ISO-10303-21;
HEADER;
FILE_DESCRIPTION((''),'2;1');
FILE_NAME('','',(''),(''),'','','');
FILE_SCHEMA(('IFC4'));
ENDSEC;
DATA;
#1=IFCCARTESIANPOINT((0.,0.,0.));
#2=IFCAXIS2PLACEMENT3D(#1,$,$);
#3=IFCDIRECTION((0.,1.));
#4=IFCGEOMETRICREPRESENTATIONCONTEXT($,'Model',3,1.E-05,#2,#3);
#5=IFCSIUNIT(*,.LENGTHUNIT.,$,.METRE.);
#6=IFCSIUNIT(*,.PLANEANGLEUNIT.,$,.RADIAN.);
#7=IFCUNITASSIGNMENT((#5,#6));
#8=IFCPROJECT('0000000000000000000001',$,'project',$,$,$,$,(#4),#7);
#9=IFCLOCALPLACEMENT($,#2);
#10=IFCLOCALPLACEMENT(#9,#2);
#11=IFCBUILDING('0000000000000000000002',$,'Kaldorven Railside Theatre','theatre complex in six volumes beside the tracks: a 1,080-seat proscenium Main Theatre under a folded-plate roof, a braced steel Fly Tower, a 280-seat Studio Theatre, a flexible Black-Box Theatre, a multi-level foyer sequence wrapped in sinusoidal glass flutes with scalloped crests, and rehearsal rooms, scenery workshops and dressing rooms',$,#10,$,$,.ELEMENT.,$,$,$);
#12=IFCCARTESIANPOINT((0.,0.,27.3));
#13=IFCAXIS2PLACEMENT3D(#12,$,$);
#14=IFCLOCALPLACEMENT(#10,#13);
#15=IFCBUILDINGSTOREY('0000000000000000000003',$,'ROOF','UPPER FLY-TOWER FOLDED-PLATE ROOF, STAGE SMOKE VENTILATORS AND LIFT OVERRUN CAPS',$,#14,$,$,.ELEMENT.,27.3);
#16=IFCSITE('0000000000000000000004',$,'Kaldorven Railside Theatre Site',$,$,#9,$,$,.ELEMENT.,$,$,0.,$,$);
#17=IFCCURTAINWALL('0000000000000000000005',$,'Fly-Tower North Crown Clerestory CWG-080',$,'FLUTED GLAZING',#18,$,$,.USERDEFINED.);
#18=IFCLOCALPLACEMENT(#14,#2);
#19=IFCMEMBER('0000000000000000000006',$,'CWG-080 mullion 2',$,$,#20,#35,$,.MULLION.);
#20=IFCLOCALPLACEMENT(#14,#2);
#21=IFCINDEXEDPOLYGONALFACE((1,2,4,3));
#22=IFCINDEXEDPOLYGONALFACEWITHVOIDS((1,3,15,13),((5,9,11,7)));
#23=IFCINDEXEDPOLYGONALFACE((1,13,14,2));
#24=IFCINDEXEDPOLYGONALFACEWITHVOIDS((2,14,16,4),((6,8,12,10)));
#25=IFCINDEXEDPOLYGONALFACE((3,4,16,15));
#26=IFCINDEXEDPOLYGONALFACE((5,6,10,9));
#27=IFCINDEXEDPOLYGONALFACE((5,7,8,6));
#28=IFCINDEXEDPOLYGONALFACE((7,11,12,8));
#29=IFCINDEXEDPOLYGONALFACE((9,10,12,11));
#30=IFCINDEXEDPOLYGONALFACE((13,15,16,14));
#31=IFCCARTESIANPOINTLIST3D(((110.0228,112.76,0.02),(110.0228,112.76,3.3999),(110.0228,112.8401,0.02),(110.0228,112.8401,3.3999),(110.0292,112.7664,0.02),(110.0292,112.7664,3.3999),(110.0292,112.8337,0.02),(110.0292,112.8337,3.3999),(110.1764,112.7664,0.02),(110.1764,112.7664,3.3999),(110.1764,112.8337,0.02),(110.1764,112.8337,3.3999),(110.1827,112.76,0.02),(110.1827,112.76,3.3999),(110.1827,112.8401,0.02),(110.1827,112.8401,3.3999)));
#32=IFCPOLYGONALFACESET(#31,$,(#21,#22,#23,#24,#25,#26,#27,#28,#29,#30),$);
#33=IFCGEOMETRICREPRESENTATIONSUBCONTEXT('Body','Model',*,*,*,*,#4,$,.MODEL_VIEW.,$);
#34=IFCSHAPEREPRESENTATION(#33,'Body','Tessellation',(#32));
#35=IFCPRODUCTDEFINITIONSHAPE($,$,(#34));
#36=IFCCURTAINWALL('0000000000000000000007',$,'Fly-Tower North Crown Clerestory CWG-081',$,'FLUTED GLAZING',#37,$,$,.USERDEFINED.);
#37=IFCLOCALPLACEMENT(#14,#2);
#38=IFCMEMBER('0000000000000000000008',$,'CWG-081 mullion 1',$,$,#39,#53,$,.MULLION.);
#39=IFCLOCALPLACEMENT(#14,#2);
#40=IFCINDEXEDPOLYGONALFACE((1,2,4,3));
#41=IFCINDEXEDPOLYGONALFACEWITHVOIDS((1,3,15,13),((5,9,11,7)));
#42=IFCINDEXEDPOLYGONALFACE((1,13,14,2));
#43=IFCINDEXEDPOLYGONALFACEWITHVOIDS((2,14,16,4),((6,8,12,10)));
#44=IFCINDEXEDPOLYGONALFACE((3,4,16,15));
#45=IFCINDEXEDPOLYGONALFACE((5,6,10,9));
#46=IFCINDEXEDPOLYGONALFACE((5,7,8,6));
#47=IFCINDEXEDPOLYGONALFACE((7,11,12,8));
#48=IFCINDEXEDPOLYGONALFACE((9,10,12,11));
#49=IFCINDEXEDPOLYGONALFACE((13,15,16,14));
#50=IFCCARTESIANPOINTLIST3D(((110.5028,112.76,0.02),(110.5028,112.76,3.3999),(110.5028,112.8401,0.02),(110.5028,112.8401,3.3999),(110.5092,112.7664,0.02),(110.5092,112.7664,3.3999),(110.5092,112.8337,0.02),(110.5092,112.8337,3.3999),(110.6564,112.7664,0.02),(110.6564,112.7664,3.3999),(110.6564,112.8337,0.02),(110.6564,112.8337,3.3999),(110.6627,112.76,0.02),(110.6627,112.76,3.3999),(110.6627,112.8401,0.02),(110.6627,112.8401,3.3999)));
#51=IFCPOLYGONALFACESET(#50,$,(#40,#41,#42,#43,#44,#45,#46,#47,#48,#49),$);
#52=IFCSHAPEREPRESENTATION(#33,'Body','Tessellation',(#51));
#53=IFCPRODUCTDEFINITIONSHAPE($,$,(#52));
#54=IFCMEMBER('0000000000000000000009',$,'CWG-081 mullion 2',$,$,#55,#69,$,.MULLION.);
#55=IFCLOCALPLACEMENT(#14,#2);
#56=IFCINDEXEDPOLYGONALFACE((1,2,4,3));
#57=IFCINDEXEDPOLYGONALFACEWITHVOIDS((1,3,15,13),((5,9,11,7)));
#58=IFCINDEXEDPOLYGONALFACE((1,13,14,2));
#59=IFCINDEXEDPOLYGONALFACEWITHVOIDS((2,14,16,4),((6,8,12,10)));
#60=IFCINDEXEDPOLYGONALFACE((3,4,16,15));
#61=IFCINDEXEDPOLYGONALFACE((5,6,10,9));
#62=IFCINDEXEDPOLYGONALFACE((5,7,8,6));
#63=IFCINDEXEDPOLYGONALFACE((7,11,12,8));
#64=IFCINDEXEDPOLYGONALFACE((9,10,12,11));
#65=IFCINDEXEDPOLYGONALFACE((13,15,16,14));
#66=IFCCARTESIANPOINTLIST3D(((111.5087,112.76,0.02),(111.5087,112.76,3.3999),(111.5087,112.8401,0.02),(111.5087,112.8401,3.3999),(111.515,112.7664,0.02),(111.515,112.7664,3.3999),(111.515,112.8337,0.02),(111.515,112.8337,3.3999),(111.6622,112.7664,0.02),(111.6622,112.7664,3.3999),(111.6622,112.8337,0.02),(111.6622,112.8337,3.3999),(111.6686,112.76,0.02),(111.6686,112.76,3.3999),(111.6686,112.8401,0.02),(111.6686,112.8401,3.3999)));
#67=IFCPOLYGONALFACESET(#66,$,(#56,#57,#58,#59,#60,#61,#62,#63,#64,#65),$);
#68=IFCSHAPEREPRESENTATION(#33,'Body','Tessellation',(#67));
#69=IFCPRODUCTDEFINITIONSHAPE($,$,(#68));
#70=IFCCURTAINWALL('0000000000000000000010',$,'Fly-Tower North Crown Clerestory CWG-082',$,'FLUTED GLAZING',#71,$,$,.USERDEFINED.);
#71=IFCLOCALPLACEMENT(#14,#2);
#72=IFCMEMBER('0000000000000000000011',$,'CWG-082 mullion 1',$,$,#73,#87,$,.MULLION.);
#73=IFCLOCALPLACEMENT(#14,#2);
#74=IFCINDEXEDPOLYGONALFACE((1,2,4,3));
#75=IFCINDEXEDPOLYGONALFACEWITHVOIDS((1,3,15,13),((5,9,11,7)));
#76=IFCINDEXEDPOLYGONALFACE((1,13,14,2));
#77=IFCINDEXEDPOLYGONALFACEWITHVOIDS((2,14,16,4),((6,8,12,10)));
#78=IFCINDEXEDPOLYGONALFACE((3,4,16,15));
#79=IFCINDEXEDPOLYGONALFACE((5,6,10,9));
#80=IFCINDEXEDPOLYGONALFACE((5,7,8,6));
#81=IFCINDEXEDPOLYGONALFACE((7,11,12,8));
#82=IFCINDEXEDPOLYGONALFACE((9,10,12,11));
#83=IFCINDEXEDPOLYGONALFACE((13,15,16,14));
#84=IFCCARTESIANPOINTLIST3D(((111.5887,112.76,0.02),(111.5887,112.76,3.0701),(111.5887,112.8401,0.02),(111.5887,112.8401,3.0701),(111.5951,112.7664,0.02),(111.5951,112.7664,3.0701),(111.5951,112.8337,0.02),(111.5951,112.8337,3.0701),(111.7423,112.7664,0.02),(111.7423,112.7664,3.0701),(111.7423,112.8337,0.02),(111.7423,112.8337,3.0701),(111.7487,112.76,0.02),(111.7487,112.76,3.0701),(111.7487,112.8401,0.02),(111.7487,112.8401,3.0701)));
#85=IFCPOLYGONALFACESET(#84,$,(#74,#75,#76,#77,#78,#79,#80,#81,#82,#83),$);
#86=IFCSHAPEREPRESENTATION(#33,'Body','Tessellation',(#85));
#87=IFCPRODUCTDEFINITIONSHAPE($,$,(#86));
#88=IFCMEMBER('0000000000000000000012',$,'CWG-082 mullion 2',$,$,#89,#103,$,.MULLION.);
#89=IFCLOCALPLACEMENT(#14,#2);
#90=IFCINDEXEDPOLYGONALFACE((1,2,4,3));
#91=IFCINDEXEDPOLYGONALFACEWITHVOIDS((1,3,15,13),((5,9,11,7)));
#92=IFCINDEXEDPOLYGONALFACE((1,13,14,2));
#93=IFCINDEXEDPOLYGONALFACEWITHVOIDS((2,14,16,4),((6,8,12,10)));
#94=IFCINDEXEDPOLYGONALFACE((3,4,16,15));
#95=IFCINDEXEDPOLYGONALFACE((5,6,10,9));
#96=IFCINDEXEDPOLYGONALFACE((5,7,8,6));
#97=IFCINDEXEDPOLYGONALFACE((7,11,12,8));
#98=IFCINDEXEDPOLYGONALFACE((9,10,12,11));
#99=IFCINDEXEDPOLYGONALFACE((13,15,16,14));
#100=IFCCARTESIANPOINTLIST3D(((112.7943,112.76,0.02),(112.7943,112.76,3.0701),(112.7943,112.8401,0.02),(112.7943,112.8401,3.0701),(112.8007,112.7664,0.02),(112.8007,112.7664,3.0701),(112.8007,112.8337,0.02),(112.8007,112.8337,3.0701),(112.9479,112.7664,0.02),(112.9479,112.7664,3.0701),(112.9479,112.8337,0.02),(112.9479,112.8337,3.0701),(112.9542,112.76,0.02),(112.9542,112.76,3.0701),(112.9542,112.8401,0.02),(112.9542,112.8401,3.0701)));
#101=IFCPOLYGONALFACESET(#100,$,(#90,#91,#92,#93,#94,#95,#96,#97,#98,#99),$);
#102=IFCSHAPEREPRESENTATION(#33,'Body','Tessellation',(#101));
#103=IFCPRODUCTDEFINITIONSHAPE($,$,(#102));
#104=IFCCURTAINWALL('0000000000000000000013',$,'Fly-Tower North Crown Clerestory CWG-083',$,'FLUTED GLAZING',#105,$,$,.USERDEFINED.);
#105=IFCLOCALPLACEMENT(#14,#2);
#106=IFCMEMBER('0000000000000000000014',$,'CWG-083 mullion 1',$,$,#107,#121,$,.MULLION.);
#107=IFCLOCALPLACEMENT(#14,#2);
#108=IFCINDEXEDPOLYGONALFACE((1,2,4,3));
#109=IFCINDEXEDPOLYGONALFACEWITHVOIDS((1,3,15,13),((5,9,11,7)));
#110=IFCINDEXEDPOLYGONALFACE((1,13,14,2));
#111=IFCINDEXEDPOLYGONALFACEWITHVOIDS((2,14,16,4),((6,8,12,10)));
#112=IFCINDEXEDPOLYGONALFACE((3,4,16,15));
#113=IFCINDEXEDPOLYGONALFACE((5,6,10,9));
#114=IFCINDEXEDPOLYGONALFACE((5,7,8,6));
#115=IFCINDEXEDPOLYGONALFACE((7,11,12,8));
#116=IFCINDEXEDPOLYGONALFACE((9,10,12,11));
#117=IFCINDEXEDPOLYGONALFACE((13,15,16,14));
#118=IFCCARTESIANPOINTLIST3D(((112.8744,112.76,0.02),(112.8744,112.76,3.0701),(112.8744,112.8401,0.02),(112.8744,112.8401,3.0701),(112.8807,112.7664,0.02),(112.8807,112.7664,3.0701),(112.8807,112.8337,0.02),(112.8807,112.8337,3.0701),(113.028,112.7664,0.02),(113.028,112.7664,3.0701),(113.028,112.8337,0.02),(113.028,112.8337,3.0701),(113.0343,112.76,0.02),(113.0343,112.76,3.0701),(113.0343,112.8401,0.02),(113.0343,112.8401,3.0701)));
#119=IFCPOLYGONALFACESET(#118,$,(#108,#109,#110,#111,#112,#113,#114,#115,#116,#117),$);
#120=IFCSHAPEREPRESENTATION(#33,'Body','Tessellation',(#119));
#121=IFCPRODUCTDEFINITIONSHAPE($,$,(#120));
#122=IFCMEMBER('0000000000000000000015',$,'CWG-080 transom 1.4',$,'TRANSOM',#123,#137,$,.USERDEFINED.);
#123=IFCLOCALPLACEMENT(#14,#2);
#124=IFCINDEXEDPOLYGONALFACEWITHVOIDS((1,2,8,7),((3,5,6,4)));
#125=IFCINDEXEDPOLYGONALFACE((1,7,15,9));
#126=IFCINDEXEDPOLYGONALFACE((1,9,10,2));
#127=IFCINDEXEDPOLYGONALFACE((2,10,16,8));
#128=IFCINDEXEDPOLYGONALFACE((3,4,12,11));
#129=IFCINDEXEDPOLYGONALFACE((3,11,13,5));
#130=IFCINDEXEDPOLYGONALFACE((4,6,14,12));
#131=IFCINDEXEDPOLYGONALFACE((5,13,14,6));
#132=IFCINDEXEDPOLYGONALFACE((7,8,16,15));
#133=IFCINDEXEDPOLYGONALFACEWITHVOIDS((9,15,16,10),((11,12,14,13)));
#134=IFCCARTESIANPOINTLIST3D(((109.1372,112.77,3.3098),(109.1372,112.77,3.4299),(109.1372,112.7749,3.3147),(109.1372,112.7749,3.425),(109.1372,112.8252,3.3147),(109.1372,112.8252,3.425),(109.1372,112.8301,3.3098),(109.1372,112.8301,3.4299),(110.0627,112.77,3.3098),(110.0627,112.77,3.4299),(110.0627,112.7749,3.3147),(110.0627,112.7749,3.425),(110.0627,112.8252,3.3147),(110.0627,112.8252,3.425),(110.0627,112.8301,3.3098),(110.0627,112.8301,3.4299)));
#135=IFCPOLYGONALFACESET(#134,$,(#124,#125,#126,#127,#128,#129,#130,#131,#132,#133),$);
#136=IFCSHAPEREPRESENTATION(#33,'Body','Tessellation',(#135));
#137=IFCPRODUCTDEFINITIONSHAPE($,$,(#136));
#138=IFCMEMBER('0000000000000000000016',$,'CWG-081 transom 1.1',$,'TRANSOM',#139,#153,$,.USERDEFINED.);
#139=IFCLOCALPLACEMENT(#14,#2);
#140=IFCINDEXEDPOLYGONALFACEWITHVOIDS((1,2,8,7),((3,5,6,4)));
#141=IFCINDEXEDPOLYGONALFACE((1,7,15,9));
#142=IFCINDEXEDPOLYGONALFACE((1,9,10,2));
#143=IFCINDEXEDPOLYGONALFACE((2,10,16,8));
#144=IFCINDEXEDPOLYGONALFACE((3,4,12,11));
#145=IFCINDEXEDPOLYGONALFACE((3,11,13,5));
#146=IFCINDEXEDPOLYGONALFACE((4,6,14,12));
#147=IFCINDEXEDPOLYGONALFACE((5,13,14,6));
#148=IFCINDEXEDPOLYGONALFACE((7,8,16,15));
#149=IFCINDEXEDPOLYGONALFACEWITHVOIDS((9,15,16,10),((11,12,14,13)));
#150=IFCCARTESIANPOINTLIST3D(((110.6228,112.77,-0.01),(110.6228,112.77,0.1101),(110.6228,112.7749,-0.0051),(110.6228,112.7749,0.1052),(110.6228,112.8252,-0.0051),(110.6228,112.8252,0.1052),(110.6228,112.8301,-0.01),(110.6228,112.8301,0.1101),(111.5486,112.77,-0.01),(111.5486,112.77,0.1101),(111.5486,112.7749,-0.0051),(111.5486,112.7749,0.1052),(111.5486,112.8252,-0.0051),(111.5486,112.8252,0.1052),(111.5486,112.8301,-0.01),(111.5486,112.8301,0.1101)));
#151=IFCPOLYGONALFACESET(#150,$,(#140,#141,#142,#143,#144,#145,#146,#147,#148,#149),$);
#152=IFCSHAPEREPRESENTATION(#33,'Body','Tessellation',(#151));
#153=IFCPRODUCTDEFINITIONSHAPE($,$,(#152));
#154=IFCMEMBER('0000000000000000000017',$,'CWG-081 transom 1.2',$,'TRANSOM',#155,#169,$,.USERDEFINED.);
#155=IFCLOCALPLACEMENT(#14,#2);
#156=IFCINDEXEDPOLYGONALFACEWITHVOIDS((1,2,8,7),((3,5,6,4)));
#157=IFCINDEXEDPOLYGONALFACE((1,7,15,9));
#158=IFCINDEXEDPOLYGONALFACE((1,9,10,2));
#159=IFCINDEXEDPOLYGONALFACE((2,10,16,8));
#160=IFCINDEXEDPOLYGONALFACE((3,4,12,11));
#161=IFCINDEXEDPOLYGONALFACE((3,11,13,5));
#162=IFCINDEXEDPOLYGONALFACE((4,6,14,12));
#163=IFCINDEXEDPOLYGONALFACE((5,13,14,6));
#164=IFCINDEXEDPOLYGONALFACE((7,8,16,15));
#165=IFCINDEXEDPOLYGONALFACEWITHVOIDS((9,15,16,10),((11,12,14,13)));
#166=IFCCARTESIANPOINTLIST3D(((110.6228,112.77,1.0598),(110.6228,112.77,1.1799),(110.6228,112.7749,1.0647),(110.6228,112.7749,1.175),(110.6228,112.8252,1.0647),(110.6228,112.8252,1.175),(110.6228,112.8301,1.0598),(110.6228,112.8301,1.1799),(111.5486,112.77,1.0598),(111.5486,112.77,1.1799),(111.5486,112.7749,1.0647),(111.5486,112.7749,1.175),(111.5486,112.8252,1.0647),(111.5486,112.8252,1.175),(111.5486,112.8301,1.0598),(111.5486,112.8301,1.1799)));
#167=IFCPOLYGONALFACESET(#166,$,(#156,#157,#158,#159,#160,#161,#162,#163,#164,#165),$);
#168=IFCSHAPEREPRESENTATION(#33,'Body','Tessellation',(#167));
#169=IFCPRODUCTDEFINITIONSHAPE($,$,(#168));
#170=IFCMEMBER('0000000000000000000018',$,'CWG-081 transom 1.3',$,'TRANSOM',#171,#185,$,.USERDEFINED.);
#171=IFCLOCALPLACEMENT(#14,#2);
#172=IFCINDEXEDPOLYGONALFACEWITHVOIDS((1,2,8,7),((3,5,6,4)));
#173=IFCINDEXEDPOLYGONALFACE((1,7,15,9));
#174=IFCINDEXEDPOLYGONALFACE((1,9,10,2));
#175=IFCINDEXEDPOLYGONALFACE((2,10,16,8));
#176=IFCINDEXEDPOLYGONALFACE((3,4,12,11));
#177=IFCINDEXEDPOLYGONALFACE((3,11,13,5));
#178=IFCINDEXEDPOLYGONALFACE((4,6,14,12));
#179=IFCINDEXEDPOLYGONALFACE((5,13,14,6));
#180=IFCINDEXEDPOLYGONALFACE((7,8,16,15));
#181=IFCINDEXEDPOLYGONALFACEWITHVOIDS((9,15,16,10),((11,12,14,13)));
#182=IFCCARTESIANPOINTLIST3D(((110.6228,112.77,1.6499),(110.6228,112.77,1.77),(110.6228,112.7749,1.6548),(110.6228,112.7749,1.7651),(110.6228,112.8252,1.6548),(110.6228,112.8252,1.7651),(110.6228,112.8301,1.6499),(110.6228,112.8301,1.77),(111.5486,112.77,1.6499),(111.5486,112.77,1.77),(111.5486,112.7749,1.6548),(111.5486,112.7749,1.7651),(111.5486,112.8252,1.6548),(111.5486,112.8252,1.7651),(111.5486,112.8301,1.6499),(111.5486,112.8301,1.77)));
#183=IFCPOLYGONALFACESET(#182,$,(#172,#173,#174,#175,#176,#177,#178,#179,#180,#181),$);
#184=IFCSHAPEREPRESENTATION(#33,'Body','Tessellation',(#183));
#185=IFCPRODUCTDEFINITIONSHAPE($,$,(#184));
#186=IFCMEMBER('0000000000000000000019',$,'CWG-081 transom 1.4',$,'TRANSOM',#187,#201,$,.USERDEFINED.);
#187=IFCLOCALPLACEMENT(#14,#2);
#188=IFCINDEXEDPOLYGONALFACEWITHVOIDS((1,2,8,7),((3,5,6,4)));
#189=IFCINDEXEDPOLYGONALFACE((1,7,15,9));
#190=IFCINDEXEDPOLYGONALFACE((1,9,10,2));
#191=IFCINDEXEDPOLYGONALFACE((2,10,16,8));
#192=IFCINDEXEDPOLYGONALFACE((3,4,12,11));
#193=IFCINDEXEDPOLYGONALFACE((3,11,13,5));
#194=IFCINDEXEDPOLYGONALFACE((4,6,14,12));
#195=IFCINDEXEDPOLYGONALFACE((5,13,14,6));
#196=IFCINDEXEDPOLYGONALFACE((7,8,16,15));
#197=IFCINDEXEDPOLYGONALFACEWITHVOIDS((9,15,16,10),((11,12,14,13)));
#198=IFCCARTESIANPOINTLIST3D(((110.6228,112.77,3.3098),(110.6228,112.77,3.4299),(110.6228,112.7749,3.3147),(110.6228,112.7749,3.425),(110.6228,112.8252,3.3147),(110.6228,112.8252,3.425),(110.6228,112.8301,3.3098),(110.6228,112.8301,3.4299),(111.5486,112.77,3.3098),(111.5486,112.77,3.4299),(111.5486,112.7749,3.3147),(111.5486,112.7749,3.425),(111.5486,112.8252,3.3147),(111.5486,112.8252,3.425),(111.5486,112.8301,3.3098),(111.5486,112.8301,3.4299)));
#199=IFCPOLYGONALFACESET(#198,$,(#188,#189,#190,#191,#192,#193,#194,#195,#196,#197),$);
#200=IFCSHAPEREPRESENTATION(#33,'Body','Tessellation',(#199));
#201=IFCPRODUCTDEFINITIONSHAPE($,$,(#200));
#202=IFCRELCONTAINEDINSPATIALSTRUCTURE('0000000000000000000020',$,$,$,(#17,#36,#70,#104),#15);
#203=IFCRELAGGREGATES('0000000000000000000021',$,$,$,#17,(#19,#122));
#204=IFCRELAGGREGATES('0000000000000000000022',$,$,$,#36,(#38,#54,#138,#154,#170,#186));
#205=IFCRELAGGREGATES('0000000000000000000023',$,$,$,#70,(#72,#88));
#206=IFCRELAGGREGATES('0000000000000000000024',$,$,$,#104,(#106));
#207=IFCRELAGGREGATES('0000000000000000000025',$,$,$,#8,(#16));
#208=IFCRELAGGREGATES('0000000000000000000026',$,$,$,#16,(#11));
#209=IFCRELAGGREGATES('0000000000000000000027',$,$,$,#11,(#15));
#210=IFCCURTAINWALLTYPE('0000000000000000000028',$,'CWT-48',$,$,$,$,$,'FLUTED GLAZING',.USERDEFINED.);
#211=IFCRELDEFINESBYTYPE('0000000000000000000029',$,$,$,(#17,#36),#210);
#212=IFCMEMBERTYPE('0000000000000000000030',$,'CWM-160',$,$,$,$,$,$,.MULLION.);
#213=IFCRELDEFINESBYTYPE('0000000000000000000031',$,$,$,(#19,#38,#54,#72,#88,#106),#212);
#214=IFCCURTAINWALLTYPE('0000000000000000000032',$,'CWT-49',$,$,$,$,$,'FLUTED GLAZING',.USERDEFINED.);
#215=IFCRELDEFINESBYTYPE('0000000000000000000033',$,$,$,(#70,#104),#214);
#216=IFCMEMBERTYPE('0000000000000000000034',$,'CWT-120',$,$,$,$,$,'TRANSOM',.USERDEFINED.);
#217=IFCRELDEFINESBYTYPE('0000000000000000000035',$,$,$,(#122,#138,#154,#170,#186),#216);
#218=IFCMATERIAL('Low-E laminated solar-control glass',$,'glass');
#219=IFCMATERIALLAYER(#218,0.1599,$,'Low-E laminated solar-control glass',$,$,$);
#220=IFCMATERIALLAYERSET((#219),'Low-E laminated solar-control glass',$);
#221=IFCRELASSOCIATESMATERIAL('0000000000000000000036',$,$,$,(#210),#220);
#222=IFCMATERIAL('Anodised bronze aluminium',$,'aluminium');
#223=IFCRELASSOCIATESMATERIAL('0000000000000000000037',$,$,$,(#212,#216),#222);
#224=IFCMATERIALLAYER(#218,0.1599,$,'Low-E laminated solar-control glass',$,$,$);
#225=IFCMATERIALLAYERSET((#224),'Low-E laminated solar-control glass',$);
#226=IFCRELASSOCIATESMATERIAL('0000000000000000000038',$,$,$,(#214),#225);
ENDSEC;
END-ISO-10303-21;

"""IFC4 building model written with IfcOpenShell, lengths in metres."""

from ifc_helpers import new_model, si_unit, direction, frame, origin, origin_2d, place, context, subcontext, project, spatial, hollow_rectangle, extrude, material, layer, layer_set, material_profile, profile_set, type_object, element, aggregate, save


model = new_model("IFC4")

# Units and contexts
model_context = context("Model", 3, precision=1e-05, world=origin(), true_north=direction((0.0, 1.0)))
body_context = subcontext(model_context, "Body", "Model", "MODEL_VIEW")
ifc_project = project(units=[si_unit("LENGTHUNIT", "METRE"), si_unit("PLANEANGLEUNIT", "RADIAN")], contexts=[model_context])

# Site, building, storey
site_placement = place(None, origin())
site = spatial("IfcSite", under=ifc_project, at=site_placement, Name="Kaldorven Railside Theatre Site", CompositionType="ELEMENT", RefElevation=0.0)
building_placement = place(site_placement, origin())
building = spatial("IfcBuilding", under=site, at=building_placement, Name="Kaldorven Railside Theatre", Description="theatre complex in six volumes beside the tracks: a 1,080-seat proscenium Main Theatre under a folded-plate roof, a braced steel Fly Tower, a 280-seat Studio Theatre, a flexible Black-Box Theatre, a multi-level foyer sequence wrapped in sinusoidal glass flutes with scalloped crests, and rehearsal rooms, scenery workshops and dressing rooms", CompositionType="ELEMENT")
storey_placement = place(building_placement, frame((0.0, 0.0, 27.3)))
storey = spatial("IfcBuildingStorey", under=building, at=storey_placement, Name="ROOF", Description="UPPER FLY-TOWER FOLDED-PLATE ROOF, STAGE SMOKE VENTILATORS AND LIFT OVERRUN CAPS", CompositionType="ELEMENT", Elevation=27.3)

# Curtain wall, member
ifc_material_1 = material(Name="Low-E laminated solar-control glass", Category="glass")
ifc_layer_1 = layer(ifc_material_1, 0.1599, Name="Low-E laminated solar-control glass")
ifc_layer_set_1 = layer_set([ifc_layer_1], Name="Low-E laminated solar-control glass")
curtain_wall_type_1 = type_object("IfcCurtainWallType", Name="CWT-48", ElementType="FLUTED GLAZING", PredefinedType="USERDEFINED", material=ifc_layer_set_1)
curtain_wall_1_placement = place(storey_placement, origin())
curtain_wall_1 = element("IfcCurtainWall", 1, at=curtain_wall_1_placement, inside=storey, type_object=curtain_wall_type_1, Name="Fly-Tower North Crown Clerestory CWG-080", ObjectType="FLUTED GLAZING", PredefinedType="USERDEFINED")
ifc_material_2 = material(Name="Anodised bronze aluminium", Category="aluminium")
ifc_material_profile_1 = material_profile(ifc_material_2, hollow_rectangle(XDim=0.0801, YDim=0.1599, WallThickness=0.0063, at=origin_2d()), Name="RHS 160x80x6.3")
ifc_profile_set_1 = profile_set([ifc_material_profile_1], Name="Anodised bronze aluminium")
member_type_1 = type_object("IfcMemberType", Name="CWM-160", PredefinedType="MULLION", material=ifc_profile_set_1)
member_1_placement = place(storey_placement, frame((110.1028, 112.8, 0.02), z_axis=(0.0, 0.0, 1.0), x_axis=(0.0, 1.0, 0.0)))
member_1 = element("IfcMember", 2, at=member_1_placement, type_object=member_type_1, Name="CWG-080 mullion 2", PredefinedType="MULLION", context=body_context, shape_type="SweptSolid", body=[
    extrude(hollow_rectangle(XDim=0.0801, YDim=0.1599, WallThickness=0.0063, at=origin_2d()), origin(), (0.0, 0.0, 1.0), 3.3799),
])

# Curtain walls, members
curtain_wall_2_placement = place(storey_placement, origin())
curtain_wall_2 = element("IfcCurtainWall", 3, at=curtain_wall_2_placement, inside=storey, type_object=curtain_wall_type_1, Name="Fly-Tower North Crown Clerestory CWG-081", ObjectType="FLUTED GLAZING", PredefinedType="USERDEFINED")
member_2_placement = place(storey_placement, frame((110.5828, 112.8, 0.02), z_axis=(0.0, 0.0, 1.0), x_axis=(0.0, 1.0, 0.0)))
member_2 = element("IfcMember", 4, at=member_2_placement, type_object=member_type_1, Name="CWG-081 mullion 1", PredefinedType="MULLION", context=body_context, shape_type="SweptSolid", body=[
    extrude(hollow_rectangle(XDim=0.0801, YDim=0.1599, WallThickness=0.0063, at=origin_2d()), origin(), (0.0, 0.0, 1.0), 3.3799),
])
member_3_placement = place(storey_placement, frame((111.5886, 112.8, 0.02), z_axis=(0.0, 0.0, 1.0), x_axis=(0.0, 1.0, 0.0)))
member_3 = element("IfcMember", 5, at=member_3_placement, type_object=member_type_1, Name="CWG-081 mullion 2", PredefinedType="MULLION", context=body_context, shape_type="SweptSolid", body=[
    extrude(hollow_rectangle(XDim=0.0801, YDim=0.1599, WallThickness=0.0063, at=origin_2d()), origin(), (0.0, 0.0, 1.0), 3.3799),
])
ifc_layer_2 = layer(ifc_material_1, 0.1599, Name="Low-E laminated solar-control glass")
ifc_layer_set_2 = layer_set([ifc_layer_2], Name="Low-E laminated solar-control glass")
curtain_wall_type_2 = type_object("IfcCurtainWallType", Name="CWT-49", ElementType="FLUTED GLAZING", PredefinedType="USERDEFINED", material=ifc_layer_set_2)
curtain_wall_3_placement = place(storey_placement, origin())
curtain_wall_3 = element("IfcCurtainWall", 6, at=curtain_wall_3_placement, inside=storey, type_object=curtain_wall_type_2, Name="Fly-Tower North Crown Clerestory CWG-082", ObjectType="FLUTED GLAZING", PredefinedType="USERDEFINED")
member_4_placement = place(storey_placement, frame((111.6687, 112.8, 0.02), z_axis=(0.0, 0.0, 1.0), x_axis=(0.0, 1.0, 0.0)))
member_4 = element("IfcMember", 7, at=member_4_placement, type_object=member_type_1, Name="CWG-082 mullion 1", PredefinedType="MULLION", context=body_context, shape_type="SweptSolid", body=[
    extrude(hollow_rectangle(XDim=0.0801, YDim=0.1599, WallThickness=0.0063, at=origin_2d()), origin(), (0.0, 0.0, 1.0), 3.05),
])
member_5_placement = place(storey_placement, frame((112.8743, 112.8, 0.02), z_axis=(0.0, 0.0, 1.0), x_axis=(0.0, 1.0, 0.0)))
member_5 = element("IfcMember", 8, at=member_5_placement, type_object=member_type_1, Name="CWG-082 mullion 2", PredefinedType="MULLION", context=body_context, shape_type="SweptSolid", body=[
    extrude(hollow_rectangle(XDim=0.0801, YDim=0.1599, WallThickness=0.0063, at=origin_2d()), origin(), (0.0, 0.0, 1.0), 3.05),
])

# Curtain wall, member
curtain_wall_4_placement = place(storey_placement, origin())
curtain_wall_4 = element("IfcCurtainWall", 9, at=curtain_wall_4_placement, inside=storey, type_object=curtain_wall_type_2, Name="Fly-Tower North Crown Clerestory CWG-083", ObjectType="FLUTED GLAZING", PredefinedType="USERDEFINED")
member_6_placement = place(storey_placement, frame((112.9543, 112.8, 0.02), z_axis=(0.0, 0.0, 1.0), x_axis=(0.0, 1.0, 0.0)))
member_6 = element("IfcMember", 10, at=member_6_placement, type_object=member_type_1, Name="CWG-083 mullion 1", PredefinedType="MULLION", context=body_context, shape_type="SweptSolid", body=[
    extrude(hollow_rectangle(XDim=0.0801, YDim=0.1599, WallThickness=0.0063, at=origin_2d()), origin(), (0.0, 0.0, 1.0), 3.05),
])

# Members
ifc_material_profile_2 = material_profile(ifc_material_2, hollow_rectangle(XDim=0.0601, YDim=0.1201, WallThickness=0.0049, at=origin_2d()), Name="RHS 120x60x5")
ifc_profile_set_2 = profile_set([ifc_material_profile_2], Name="Anodised bronze aluminium")
member_type_2 = type_object("IfcMemberType", Name="CWT-120", ElementType="TRANSOM", PredefinedType="USERDEFINED", material=ifc_profile_set_2)
member_7_placement = place(storey_placement, frame((109.1372, 112.8, 3.3699), z_axis=(1.0, 0.0, 0.0), x_axis=(0.0, 1.0, 0.0)))
member_7 = element("IfcMember", 11, at=member_7_placement, type_object=member_type_2, Name="CWG-080 transom 1.4", ObjectType="TRANSOM", PredefinedType="USERDEFINED", context=body_context, shape_type="SweptSolid", body=[
    extrude(hollow_rectangle(XDim=0.0601, YDim=0.1201, WallThickness=0.0049, at=origin_2d()), origin(), (0.0, 0.0, 1.0), 0.9255),
])
member_8_placement = place(storey_placement, frame((110.6228, 112.8, 0.05), z_axis=(1.0, 0.0, 0.0), x_axis=(0.0, 1.0, 0.0)))
member_8 = element("IfcMember", 12, at=member_8_placement, type_object=member_type_2, Name="CWG-081 transom 1.1", ObjectType="TRANSOM", PredefinedType="USERDEFINED", context=body_context, shape_type="SweptSolid", body=[
    extrude(hollow_rectangle(XDim=0.0601, YDim=0.1201, WallThickness=0.0049, at=origin_2d()), origin(), (0.0, 0.0, 1.0), 0.9258),
])
member_9_placement = place(storey_placement, frame((110.6228, 112.8, 1.1199), z_axis=(1.0, 0.0, 0.0), x_axis=(0.0, 1.0, 0.0)))
member_9 = element("IfcMember", 13, at=member_9_placement, type_object=member_type_2, Name="CWG-081 transom 1.2", ObjectType="TRANSOM", PredefinedType="USERDEFINED", context=body_context, shape_type="SweptSolid", body=[
    extrude(hollow_rectangle(XDim=0.0601, YDim=0.1201, WallThickness=0.0049, at=origin_2d()), origin(), (0.0, 0.0, 1.0), 0.9258),
])
member_10_placement = place(storey_placement, frame((110.6228, 112.8, 1.71), z_axis=(1.0, 0.0, 0.0), x_axis=(0.0, 1.0, 0.0)))
member_10 = element("IfcMember", 14, at=member_10_placement, type_object=member_type_2, Name="CWG-081 transom 1.3", ObjectType="TRANSOM", PredefinedType="USERDEFINED", context=body_context, shape_type="SweptSolid", body=[
    extrude(hollow_rectangle(XDim=0.0601, YDim=0.1201, WallThickness=0.0049, at=origin_2d()), origin(), (0.0, 0.0, 1.0), 0.9258),
])
member_11_placement = place(storey_placement, frame((110.6228, 112.8, 3.3699), z_axis=(1.0, 0.0, 0.0), x_axis=(0.0, 1.0, 0.0)))
member_11 = element("IfcMember", 15, at=member_11_placement, type_object=member_type_2, Name="CWG-081 transom 1.4", ObjectType="TRANSOM", PredefinedType="USERDEFINED", context=body_context, shape_type="SweptSolid", body=[
    extrude(hollow_rectangle(XDim=0.0601, YDim=0.1201, WallThickness=0.0049, at=origin_2d()), origin(), (0.0, 0.0, 1.0), 0.9258),
])

aggregate(curtain_wall_1, [member_1, member_7])
aggregate(curtain_wall_2, [member_2, member_3, member_8, member_9, member_10, member_11])
aggregate(curtain_wall_3, [member_4, member_5])
aggregate(curtain_wall_4, [member_6])

save(model, "model.ifc")
